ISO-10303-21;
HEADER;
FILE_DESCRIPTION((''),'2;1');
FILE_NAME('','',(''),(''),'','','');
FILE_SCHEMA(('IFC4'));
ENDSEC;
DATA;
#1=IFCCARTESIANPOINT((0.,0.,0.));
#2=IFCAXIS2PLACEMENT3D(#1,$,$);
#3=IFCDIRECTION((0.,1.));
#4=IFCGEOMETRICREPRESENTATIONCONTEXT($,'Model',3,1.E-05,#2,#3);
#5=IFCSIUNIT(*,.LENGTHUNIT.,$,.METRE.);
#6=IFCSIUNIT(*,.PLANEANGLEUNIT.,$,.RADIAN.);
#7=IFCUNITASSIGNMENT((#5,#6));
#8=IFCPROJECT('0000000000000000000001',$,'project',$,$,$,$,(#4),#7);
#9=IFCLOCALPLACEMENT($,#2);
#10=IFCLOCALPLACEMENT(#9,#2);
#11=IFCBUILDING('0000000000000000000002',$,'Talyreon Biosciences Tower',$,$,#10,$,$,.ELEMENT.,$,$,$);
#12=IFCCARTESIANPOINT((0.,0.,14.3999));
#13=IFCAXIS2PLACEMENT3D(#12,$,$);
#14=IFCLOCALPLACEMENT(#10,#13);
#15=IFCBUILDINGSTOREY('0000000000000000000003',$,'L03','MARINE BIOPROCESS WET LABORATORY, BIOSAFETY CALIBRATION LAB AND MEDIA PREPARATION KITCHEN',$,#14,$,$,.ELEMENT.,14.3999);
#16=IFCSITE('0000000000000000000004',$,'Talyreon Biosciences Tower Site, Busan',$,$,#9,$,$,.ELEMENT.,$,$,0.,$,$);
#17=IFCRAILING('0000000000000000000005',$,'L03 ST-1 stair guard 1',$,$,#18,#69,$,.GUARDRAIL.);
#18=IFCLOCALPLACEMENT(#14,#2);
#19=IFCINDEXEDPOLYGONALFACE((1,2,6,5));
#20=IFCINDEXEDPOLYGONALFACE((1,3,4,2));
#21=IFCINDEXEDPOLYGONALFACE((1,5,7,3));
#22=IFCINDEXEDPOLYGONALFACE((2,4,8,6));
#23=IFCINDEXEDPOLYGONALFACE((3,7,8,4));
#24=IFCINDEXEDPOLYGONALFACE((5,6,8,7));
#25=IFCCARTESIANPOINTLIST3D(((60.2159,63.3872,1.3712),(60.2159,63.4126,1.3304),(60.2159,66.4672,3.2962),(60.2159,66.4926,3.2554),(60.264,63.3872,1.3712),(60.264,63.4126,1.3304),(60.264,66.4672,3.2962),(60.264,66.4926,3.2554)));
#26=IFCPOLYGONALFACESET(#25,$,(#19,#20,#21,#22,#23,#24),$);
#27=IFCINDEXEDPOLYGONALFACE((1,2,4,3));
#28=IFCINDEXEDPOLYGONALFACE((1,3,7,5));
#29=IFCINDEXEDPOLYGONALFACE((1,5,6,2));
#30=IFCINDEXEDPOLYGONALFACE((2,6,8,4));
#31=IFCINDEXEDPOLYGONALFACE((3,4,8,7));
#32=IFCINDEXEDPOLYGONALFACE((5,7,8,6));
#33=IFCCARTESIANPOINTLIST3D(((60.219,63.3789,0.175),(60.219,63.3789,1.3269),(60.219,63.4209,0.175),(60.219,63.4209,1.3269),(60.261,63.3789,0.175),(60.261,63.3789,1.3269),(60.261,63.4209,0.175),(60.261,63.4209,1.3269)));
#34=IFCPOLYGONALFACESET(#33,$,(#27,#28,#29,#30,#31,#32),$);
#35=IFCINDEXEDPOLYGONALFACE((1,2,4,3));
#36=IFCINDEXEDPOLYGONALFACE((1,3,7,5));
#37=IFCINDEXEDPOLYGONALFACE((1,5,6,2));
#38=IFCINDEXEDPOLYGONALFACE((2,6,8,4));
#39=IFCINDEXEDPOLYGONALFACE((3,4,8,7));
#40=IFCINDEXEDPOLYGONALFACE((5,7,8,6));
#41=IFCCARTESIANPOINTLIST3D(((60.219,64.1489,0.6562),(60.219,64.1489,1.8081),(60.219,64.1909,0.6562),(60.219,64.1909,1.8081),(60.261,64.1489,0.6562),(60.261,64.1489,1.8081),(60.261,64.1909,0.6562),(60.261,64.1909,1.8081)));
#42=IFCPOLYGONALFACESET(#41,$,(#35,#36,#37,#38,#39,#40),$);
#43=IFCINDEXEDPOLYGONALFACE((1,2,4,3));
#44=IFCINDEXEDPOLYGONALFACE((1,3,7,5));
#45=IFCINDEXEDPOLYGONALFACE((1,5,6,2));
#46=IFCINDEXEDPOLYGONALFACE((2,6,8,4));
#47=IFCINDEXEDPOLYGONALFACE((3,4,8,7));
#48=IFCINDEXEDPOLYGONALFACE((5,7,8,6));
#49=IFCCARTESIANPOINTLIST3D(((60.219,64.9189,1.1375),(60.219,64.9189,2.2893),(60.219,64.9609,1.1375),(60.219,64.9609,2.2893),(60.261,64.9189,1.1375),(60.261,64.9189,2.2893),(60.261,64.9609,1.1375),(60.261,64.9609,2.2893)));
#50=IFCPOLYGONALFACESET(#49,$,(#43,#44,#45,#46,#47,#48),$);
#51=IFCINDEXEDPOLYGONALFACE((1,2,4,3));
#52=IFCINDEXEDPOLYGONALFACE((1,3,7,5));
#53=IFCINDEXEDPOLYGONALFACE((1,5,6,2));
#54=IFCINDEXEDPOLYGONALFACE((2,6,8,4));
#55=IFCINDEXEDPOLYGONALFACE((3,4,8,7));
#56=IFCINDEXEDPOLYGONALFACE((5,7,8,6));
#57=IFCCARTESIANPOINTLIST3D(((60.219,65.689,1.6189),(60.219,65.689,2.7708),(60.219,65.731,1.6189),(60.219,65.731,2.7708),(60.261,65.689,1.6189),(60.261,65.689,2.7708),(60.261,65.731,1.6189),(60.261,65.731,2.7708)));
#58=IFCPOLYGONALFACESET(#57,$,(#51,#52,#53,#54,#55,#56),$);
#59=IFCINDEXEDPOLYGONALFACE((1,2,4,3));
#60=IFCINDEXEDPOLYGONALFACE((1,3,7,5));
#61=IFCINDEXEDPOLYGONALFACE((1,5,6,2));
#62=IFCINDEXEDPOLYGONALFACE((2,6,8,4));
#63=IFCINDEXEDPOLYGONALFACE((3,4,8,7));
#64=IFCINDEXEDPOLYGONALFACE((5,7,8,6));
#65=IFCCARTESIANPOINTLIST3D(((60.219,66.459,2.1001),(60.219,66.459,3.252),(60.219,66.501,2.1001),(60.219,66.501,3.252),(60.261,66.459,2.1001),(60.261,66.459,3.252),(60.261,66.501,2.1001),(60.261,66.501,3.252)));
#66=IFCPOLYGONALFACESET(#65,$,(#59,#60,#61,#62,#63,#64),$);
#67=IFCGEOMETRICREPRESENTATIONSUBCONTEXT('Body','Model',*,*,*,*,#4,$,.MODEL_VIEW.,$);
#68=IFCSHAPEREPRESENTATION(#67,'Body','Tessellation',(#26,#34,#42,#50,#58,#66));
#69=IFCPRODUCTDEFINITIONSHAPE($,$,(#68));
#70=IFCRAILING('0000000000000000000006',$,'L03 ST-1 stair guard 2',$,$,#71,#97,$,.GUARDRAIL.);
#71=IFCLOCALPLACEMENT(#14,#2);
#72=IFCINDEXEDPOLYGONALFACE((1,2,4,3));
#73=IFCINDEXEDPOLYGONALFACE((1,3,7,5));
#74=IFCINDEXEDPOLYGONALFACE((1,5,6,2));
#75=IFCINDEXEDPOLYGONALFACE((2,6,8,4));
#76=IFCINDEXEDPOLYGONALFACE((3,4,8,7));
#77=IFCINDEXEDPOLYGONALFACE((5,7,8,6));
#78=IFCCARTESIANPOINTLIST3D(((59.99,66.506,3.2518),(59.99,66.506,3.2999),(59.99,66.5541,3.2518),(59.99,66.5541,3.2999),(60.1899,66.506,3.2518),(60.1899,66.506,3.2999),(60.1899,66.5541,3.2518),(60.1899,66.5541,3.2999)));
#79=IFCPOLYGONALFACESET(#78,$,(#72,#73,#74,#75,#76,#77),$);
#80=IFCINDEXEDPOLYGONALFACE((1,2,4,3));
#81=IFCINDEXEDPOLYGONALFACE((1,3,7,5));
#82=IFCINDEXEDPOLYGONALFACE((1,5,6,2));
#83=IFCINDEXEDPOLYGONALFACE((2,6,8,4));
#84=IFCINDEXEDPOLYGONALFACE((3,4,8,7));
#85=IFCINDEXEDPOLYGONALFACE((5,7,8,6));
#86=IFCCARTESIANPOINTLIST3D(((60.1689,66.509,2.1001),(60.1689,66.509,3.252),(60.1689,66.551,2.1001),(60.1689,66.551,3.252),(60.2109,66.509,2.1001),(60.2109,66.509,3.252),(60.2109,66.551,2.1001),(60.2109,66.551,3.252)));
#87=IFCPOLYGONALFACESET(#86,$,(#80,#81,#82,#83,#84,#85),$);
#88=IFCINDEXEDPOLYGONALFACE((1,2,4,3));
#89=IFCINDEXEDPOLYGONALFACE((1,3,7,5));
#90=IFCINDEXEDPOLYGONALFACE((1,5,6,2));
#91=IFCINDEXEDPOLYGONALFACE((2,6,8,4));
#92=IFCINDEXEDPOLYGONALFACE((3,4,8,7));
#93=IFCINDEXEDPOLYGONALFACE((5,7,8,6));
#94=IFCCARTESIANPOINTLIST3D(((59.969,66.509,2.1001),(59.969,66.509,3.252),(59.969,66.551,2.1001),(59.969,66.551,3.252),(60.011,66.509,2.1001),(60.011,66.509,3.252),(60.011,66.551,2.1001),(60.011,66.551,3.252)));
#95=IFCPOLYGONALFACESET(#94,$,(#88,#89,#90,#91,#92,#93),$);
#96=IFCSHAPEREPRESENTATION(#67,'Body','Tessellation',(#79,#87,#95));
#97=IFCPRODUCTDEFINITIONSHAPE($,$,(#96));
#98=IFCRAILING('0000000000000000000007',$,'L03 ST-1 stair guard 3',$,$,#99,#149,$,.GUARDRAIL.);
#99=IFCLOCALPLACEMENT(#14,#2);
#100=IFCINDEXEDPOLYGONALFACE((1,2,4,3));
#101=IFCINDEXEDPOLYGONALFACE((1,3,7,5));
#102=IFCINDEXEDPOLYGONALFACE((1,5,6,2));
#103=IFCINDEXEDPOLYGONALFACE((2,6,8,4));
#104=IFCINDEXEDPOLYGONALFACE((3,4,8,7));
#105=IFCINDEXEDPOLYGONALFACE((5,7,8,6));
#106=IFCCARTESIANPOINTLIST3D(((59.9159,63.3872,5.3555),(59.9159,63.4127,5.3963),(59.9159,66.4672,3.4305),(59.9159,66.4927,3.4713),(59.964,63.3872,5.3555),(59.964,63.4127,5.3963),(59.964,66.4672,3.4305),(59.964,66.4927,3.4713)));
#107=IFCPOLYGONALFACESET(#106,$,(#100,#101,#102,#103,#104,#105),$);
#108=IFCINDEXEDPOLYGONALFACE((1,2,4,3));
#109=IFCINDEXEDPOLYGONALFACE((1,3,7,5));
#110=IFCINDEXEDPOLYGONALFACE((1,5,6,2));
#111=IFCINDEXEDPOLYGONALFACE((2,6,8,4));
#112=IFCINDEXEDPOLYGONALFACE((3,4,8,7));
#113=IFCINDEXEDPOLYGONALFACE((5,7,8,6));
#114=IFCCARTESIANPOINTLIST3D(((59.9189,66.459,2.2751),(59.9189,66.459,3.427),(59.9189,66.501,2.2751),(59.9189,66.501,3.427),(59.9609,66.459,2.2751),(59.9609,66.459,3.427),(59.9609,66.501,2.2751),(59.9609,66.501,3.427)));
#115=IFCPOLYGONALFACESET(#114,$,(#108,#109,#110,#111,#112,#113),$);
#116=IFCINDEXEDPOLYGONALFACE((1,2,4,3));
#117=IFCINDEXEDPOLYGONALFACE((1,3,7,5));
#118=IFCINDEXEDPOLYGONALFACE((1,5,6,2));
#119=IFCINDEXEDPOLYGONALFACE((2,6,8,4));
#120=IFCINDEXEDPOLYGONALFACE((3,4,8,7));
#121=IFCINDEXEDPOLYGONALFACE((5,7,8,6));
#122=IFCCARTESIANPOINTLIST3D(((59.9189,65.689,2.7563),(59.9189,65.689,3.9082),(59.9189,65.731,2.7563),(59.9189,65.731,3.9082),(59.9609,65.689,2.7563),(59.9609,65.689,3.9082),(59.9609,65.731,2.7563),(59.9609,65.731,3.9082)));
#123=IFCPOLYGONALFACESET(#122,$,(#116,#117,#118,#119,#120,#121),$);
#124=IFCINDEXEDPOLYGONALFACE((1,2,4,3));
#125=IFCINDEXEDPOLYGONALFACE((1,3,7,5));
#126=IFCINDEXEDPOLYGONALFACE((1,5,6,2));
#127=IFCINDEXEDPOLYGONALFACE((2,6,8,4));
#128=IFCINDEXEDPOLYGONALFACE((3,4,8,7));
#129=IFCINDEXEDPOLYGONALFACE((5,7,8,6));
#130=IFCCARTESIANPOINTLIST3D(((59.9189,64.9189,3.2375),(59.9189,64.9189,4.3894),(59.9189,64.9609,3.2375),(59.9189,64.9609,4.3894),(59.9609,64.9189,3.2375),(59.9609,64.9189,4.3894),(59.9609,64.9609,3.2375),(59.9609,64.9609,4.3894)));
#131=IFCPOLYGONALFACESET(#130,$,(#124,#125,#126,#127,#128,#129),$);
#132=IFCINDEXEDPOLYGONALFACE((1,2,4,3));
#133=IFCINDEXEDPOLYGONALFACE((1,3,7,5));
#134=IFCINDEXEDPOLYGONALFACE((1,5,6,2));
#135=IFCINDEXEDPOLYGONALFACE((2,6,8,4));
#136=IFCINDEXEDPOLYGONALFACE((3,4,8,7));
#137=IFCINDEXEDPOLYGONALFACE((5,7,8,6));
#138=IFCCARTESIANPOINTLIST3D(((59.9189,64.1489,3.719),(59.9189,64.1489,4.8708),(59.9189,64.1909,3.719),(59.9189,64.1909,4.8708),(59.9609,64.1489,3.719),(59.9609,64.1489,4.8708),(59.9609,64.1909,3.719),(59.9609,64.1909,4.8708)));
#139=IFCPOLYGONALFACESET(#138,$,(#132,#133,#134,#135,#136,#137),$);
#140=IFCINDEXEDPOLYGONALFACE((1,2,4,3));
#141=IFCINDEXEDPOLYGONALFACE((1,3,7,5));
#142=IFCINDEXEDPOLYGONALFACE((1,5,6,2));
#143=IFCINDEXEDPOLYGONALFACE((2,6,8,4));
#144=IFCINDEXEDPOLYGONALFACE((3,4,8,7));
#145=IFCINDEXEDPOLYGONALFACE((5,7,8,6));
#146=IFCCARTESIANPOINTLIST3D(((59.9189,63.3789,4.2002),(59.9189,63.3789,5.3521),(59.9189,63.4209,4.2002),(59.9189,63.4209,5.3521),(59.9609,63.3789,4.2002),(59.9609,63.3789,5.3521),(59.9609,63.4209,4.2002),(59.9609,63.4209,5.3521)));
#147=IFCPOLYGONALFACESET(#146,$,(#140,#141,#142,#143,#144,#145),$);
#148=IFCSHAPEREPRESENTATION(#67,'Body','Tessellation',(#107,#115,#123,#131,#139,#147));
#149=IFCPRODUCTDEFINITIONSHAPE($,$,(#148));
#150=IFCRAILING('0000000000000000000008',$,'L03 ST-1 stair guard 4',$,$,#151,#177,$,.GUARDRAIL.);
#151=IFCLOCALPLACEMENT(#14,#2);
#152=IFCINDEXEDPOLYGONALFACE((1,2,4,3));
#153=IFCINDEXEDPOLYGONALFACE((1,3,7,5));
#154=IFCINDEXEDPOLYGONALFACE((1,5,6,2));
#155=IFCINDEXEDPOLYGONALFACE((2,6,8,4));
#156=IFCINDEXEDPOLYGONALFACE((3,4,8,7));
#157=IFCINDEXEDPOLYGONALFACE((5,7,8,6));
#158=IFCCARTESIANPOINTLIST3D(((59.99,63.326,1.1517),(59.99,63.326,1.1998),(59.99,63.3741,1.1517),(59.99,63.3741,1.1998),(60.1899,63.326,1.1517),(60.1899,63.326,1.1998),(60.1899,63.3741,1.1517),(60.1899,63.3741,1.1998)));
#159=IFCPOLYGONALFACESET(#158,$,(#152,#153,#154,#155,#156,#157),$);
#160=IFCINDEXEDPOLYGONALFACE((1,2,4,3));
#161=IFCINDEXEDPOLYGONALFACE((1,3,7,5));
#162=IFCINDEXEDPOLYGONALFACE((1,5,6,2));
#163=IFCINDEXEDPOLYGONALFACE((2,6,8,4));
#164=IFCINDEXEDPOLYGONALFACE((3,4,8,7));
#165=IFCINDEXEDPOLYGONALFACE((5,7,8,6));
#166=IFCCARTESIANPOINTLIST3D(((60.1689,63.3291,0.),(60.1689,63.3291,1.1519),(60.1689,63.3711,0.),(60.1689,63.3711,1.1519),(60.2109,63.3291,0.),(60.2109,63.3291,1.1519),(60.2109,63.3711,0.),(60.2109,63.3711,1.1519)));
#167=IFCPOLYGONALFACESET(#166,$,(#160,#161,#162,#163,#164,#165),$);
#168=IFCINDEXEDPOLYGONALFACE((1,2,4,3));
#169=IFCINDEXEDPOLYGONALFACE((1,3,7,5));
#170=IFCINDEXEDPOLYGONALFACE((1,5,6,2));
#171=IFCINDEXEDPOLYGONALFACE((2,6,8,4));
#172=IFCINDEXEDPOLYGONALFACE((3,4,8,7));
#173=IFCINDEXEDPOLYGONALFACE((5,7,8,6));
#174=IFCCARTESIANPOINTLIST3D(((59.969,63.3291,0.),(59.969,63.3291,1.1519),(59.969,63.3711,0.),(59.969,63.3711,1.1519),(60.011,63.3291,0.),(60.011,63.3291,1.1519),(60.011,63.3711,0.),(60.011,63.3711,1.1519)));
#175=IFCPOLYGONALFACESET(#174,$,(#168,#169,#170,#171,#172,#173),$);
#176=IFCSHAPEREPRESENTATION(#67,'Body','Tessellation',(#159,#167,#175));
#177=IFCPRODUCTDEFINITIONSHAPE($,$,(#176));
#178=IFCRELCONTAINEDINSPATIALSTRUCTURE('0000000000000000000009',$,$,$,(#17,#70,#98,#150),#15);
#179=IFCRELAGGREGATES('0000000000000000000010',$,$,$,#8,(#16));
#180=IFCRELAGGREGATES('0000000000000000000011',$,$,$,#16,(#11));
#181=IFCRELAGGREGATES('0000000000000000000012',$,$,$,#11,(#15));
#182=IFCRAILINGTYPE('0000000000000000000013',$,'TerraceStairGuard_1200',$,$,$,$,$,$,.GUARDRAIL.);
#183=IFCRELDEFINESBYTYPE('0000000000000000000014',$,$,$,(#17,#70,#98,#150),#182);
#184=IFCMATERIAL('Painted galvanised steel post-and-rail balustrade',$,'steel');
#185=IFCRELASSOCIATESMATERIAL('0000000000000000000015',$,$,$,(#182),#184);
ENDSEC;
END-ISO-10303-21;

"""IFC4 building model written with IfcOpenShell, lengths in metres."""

from ifc_helpers import new_model, si_unit, direction, frame, origin, origin_2d, place, context, subcontext, project, spatial, rectangle, extrude, material, type_object, element, save


model = new_model("IFC4")

# Units and contexts
model_context = context("Model", 3, precision=1e-05, world=origin(), true_north=direction((0.0, 1.0)))
body_context = subcontext(model_context, "Body", "Model", "MODEL_VIEW")
ifc_project = project(units=[si_unit("LENGTHUNIT", "METRE"), si_unit("PLANEANGLEUNIT", "RADIAN")], contexts=[model_context])

# Site, building, storey
site_placement = place(None, origin())
site = spatial("IfcSite", under=ifc_project, at=site_placement, Name="Talyreon Biosciences Tower Site, Busan", CompositionType="ELEMENT", RefElevation=0.0)
building_placement = place(site_placement, origin())
building = spatial("IfcBuilding", under=site, at=building_placement, Name="Talyreon Biosciences Tower", CompositionType="ELEMENT")
storey_placement = place(building_placement, frame((0.0, 0.0, 14.3999)))
storey = spatial("IfcBuildingStorey", under=building, at=storey_placement, Name="L03", Description="MARINE BIOPROCESS WET LABORATORY, BIOSAFETY CALIBRATION LAB AND MEDIA PREPARATION KITCHEN", CompositionType="ELEMENT", Elevation=14.3999)

# Railings
ifc_material_1 = material(Name="Painted galvanised steel post-and-rail balustrade", Category="steel")
railing_type_1 = type_object("IfcRailingType", Name="TerraceStairGuard_1200", PredefinedType="GUARDRAIL", material=ifc_material_1)
railing_1_placement = place(storey_placement, frame((60.24, 63.3999, 0.175)))
element("IfcRailing", 1, at=railing_1_placement, inside=storey, type_object=railing_type_1, Name="L03 ST-1 stair guard 1", PredefinedType="GUARDRAIL", context=body_context, shape_type="SweptSolid", body=[
    extrude(rectangle(XDim=0.0481, YDim=0.0481, at=origin_2d()), frame((0.0, 0.0, 1.1758), z_axis=(0.0, 0.847998, 0.529999), x_axis=(-1.0, 0.0, 0.0)), (0.0, 0.0, 1.0), 3.6321),
    extrude(rectangle(XDim=0.042, YDim=0.042, at=origin_2d()), origin(), (0.0, 0.0, 1.0), 1.1519),
    extrude(rectangle(XDim=0.042, YDim=0.042, at=origin_2d()), frame((0.0, 0.77, 0.4812)), (0.0, 0.0, 1.0), 1.1519),
    extrude(rectangle(XDim=0.042, YDim=0.042, at=origin_2d()), frame((0.0, 1.54, 0.9624)), (0.0, 0.0, 1.0), 1.1519),
    extrude(rectangle(XDim=0.042, YDim=0.042, at=origin_2d()), frame((0.0, 2.3101, 1.4438)), (0.0, 0.0, 1.0), 1.1519),
    extrude(rectangle(XDim=0.042, YDim=0.042, at=origin_2d()), frame((0.0, 3.0801, 1.925)), (0.0, 0.0, 1.0), 1.1519),
])
railing_2_placement = place(storey_placement, frame((60.1899, 66.53, 2.1001)))
element("IfcRailing", 2, at=railing_2_placement, inside=storey, type_object=railing_type_1, Name="L03 ST-1 stair guard 2", PredefinedType="GUARDRAIL", context=body_context, shape_type="SweptSolid", body=[
    extrude(rectangle(XDim=0.0481, YDim=0.0481, at=origin_2d()), frame((0.0, 0.0, 1.1758), z_axis=(-1.0, 0.0, 0.0), x_axis=(0.0, -1.0, 0.0)), (0.0, 0.0, 1.0), 0.2),
    extrude(rectangle(XDim=0.042, YDim=0.042, at=origin_2d()), origin(), (0.0, 0.0, 1.0), 1.1519),
    extrude(rectangle(XDim=0.042, YDim=0.042, at=origin_2d()), frame((-0.2, 0.0, 0.0)), (0.0, 0.0, 1.0), 1.1519),
])
railing_3_placement = place(storey_placement, frame((59.9399, 66.48, 2.2751)))
element("IfcRailing", 3, at=railing_3_placement, inside=storey, type_object=railing_type_1, Name="L03 ST-1 stair guard 3", PredefinedType="GUARDRAIL", context=body_context, shape_type="SweptSolid", body=[
    extrude(rectangle(XDim=0.0481, YDim=0.0481, at=origin_2d()), frame((0.0, 0.0, 1.1758), z_axis=(0.0, -0.847998, 0.529999), x_axis=(1.0, 0.0, 0.0)), (0.0, 0.0, 1.0), 3.6321),
    extrude(rectangle(XDim=0.042, YDim=0.042, at=origin_2d()), origin(), (0.0, 0.0, 1.0), 1.1519),
    extrude(rectangle(XDim=0.042, YDim=0.042, at=origin_2d()), frame((0.0, -0.77, 0.4812)), (0.0, 0.0, 1.0), 1.1519),
    extrude(rectangle(XDim=0.042, YDim=0.042, at=origin_2d()), frame((0.0, -1.54, 0.9624)), (0.0, 0.0, 1.0), 1.1519),
    extrude(rectangle(XDim=0.042, YDim=0.042, at=origin_2d()), frame((0.0, -2.3101, 1.4438)), (0.0, 0.0, 1.0), 1.1519),
    extrude(rectangle(XDim=0.042, YDim=0.042, at=origin_2d()), frame((0.0, -3.0801, 1.925)), (0.0, 0.0, 1.0), 1.1519),
])
railing_4_placement = place(storey_placement, frame((60.1899, 63.3501, 0.0)))
element("IfcRailing", 4, at=railing_4_placement, inside=storey, type_object=railing_type_1, Name="L03 ST-1 stair guard 4", PredefinedType="GUARDRAIL", context=body_context, shape_type="SweptSolid", body=[
    extrude(rectangle(XDim=0.0481, YDim=0.0481, at=origin_2d()), frame((0.0, 0.0, 1.1758), z_axis=(-1.0, 0.0, 0.0), x_axis=(0.0, -1.0, 0.0)), (0.0, 0.0, 1.0), 0.2),
    extrude(rectangle(XDim=0.042, YDim=0.042, at=origin_2d()), origin(), (0.0, 0.0, 1.0), 1.1519),
    extrude(rectangle(XDim=0.042, YDim=0.042, at=origin_2d()), frame((-0.2, 0.0, 0.0)), (0.0, 0.0, 1.0), 1.1519),
])

save(model, "model.ifc")
